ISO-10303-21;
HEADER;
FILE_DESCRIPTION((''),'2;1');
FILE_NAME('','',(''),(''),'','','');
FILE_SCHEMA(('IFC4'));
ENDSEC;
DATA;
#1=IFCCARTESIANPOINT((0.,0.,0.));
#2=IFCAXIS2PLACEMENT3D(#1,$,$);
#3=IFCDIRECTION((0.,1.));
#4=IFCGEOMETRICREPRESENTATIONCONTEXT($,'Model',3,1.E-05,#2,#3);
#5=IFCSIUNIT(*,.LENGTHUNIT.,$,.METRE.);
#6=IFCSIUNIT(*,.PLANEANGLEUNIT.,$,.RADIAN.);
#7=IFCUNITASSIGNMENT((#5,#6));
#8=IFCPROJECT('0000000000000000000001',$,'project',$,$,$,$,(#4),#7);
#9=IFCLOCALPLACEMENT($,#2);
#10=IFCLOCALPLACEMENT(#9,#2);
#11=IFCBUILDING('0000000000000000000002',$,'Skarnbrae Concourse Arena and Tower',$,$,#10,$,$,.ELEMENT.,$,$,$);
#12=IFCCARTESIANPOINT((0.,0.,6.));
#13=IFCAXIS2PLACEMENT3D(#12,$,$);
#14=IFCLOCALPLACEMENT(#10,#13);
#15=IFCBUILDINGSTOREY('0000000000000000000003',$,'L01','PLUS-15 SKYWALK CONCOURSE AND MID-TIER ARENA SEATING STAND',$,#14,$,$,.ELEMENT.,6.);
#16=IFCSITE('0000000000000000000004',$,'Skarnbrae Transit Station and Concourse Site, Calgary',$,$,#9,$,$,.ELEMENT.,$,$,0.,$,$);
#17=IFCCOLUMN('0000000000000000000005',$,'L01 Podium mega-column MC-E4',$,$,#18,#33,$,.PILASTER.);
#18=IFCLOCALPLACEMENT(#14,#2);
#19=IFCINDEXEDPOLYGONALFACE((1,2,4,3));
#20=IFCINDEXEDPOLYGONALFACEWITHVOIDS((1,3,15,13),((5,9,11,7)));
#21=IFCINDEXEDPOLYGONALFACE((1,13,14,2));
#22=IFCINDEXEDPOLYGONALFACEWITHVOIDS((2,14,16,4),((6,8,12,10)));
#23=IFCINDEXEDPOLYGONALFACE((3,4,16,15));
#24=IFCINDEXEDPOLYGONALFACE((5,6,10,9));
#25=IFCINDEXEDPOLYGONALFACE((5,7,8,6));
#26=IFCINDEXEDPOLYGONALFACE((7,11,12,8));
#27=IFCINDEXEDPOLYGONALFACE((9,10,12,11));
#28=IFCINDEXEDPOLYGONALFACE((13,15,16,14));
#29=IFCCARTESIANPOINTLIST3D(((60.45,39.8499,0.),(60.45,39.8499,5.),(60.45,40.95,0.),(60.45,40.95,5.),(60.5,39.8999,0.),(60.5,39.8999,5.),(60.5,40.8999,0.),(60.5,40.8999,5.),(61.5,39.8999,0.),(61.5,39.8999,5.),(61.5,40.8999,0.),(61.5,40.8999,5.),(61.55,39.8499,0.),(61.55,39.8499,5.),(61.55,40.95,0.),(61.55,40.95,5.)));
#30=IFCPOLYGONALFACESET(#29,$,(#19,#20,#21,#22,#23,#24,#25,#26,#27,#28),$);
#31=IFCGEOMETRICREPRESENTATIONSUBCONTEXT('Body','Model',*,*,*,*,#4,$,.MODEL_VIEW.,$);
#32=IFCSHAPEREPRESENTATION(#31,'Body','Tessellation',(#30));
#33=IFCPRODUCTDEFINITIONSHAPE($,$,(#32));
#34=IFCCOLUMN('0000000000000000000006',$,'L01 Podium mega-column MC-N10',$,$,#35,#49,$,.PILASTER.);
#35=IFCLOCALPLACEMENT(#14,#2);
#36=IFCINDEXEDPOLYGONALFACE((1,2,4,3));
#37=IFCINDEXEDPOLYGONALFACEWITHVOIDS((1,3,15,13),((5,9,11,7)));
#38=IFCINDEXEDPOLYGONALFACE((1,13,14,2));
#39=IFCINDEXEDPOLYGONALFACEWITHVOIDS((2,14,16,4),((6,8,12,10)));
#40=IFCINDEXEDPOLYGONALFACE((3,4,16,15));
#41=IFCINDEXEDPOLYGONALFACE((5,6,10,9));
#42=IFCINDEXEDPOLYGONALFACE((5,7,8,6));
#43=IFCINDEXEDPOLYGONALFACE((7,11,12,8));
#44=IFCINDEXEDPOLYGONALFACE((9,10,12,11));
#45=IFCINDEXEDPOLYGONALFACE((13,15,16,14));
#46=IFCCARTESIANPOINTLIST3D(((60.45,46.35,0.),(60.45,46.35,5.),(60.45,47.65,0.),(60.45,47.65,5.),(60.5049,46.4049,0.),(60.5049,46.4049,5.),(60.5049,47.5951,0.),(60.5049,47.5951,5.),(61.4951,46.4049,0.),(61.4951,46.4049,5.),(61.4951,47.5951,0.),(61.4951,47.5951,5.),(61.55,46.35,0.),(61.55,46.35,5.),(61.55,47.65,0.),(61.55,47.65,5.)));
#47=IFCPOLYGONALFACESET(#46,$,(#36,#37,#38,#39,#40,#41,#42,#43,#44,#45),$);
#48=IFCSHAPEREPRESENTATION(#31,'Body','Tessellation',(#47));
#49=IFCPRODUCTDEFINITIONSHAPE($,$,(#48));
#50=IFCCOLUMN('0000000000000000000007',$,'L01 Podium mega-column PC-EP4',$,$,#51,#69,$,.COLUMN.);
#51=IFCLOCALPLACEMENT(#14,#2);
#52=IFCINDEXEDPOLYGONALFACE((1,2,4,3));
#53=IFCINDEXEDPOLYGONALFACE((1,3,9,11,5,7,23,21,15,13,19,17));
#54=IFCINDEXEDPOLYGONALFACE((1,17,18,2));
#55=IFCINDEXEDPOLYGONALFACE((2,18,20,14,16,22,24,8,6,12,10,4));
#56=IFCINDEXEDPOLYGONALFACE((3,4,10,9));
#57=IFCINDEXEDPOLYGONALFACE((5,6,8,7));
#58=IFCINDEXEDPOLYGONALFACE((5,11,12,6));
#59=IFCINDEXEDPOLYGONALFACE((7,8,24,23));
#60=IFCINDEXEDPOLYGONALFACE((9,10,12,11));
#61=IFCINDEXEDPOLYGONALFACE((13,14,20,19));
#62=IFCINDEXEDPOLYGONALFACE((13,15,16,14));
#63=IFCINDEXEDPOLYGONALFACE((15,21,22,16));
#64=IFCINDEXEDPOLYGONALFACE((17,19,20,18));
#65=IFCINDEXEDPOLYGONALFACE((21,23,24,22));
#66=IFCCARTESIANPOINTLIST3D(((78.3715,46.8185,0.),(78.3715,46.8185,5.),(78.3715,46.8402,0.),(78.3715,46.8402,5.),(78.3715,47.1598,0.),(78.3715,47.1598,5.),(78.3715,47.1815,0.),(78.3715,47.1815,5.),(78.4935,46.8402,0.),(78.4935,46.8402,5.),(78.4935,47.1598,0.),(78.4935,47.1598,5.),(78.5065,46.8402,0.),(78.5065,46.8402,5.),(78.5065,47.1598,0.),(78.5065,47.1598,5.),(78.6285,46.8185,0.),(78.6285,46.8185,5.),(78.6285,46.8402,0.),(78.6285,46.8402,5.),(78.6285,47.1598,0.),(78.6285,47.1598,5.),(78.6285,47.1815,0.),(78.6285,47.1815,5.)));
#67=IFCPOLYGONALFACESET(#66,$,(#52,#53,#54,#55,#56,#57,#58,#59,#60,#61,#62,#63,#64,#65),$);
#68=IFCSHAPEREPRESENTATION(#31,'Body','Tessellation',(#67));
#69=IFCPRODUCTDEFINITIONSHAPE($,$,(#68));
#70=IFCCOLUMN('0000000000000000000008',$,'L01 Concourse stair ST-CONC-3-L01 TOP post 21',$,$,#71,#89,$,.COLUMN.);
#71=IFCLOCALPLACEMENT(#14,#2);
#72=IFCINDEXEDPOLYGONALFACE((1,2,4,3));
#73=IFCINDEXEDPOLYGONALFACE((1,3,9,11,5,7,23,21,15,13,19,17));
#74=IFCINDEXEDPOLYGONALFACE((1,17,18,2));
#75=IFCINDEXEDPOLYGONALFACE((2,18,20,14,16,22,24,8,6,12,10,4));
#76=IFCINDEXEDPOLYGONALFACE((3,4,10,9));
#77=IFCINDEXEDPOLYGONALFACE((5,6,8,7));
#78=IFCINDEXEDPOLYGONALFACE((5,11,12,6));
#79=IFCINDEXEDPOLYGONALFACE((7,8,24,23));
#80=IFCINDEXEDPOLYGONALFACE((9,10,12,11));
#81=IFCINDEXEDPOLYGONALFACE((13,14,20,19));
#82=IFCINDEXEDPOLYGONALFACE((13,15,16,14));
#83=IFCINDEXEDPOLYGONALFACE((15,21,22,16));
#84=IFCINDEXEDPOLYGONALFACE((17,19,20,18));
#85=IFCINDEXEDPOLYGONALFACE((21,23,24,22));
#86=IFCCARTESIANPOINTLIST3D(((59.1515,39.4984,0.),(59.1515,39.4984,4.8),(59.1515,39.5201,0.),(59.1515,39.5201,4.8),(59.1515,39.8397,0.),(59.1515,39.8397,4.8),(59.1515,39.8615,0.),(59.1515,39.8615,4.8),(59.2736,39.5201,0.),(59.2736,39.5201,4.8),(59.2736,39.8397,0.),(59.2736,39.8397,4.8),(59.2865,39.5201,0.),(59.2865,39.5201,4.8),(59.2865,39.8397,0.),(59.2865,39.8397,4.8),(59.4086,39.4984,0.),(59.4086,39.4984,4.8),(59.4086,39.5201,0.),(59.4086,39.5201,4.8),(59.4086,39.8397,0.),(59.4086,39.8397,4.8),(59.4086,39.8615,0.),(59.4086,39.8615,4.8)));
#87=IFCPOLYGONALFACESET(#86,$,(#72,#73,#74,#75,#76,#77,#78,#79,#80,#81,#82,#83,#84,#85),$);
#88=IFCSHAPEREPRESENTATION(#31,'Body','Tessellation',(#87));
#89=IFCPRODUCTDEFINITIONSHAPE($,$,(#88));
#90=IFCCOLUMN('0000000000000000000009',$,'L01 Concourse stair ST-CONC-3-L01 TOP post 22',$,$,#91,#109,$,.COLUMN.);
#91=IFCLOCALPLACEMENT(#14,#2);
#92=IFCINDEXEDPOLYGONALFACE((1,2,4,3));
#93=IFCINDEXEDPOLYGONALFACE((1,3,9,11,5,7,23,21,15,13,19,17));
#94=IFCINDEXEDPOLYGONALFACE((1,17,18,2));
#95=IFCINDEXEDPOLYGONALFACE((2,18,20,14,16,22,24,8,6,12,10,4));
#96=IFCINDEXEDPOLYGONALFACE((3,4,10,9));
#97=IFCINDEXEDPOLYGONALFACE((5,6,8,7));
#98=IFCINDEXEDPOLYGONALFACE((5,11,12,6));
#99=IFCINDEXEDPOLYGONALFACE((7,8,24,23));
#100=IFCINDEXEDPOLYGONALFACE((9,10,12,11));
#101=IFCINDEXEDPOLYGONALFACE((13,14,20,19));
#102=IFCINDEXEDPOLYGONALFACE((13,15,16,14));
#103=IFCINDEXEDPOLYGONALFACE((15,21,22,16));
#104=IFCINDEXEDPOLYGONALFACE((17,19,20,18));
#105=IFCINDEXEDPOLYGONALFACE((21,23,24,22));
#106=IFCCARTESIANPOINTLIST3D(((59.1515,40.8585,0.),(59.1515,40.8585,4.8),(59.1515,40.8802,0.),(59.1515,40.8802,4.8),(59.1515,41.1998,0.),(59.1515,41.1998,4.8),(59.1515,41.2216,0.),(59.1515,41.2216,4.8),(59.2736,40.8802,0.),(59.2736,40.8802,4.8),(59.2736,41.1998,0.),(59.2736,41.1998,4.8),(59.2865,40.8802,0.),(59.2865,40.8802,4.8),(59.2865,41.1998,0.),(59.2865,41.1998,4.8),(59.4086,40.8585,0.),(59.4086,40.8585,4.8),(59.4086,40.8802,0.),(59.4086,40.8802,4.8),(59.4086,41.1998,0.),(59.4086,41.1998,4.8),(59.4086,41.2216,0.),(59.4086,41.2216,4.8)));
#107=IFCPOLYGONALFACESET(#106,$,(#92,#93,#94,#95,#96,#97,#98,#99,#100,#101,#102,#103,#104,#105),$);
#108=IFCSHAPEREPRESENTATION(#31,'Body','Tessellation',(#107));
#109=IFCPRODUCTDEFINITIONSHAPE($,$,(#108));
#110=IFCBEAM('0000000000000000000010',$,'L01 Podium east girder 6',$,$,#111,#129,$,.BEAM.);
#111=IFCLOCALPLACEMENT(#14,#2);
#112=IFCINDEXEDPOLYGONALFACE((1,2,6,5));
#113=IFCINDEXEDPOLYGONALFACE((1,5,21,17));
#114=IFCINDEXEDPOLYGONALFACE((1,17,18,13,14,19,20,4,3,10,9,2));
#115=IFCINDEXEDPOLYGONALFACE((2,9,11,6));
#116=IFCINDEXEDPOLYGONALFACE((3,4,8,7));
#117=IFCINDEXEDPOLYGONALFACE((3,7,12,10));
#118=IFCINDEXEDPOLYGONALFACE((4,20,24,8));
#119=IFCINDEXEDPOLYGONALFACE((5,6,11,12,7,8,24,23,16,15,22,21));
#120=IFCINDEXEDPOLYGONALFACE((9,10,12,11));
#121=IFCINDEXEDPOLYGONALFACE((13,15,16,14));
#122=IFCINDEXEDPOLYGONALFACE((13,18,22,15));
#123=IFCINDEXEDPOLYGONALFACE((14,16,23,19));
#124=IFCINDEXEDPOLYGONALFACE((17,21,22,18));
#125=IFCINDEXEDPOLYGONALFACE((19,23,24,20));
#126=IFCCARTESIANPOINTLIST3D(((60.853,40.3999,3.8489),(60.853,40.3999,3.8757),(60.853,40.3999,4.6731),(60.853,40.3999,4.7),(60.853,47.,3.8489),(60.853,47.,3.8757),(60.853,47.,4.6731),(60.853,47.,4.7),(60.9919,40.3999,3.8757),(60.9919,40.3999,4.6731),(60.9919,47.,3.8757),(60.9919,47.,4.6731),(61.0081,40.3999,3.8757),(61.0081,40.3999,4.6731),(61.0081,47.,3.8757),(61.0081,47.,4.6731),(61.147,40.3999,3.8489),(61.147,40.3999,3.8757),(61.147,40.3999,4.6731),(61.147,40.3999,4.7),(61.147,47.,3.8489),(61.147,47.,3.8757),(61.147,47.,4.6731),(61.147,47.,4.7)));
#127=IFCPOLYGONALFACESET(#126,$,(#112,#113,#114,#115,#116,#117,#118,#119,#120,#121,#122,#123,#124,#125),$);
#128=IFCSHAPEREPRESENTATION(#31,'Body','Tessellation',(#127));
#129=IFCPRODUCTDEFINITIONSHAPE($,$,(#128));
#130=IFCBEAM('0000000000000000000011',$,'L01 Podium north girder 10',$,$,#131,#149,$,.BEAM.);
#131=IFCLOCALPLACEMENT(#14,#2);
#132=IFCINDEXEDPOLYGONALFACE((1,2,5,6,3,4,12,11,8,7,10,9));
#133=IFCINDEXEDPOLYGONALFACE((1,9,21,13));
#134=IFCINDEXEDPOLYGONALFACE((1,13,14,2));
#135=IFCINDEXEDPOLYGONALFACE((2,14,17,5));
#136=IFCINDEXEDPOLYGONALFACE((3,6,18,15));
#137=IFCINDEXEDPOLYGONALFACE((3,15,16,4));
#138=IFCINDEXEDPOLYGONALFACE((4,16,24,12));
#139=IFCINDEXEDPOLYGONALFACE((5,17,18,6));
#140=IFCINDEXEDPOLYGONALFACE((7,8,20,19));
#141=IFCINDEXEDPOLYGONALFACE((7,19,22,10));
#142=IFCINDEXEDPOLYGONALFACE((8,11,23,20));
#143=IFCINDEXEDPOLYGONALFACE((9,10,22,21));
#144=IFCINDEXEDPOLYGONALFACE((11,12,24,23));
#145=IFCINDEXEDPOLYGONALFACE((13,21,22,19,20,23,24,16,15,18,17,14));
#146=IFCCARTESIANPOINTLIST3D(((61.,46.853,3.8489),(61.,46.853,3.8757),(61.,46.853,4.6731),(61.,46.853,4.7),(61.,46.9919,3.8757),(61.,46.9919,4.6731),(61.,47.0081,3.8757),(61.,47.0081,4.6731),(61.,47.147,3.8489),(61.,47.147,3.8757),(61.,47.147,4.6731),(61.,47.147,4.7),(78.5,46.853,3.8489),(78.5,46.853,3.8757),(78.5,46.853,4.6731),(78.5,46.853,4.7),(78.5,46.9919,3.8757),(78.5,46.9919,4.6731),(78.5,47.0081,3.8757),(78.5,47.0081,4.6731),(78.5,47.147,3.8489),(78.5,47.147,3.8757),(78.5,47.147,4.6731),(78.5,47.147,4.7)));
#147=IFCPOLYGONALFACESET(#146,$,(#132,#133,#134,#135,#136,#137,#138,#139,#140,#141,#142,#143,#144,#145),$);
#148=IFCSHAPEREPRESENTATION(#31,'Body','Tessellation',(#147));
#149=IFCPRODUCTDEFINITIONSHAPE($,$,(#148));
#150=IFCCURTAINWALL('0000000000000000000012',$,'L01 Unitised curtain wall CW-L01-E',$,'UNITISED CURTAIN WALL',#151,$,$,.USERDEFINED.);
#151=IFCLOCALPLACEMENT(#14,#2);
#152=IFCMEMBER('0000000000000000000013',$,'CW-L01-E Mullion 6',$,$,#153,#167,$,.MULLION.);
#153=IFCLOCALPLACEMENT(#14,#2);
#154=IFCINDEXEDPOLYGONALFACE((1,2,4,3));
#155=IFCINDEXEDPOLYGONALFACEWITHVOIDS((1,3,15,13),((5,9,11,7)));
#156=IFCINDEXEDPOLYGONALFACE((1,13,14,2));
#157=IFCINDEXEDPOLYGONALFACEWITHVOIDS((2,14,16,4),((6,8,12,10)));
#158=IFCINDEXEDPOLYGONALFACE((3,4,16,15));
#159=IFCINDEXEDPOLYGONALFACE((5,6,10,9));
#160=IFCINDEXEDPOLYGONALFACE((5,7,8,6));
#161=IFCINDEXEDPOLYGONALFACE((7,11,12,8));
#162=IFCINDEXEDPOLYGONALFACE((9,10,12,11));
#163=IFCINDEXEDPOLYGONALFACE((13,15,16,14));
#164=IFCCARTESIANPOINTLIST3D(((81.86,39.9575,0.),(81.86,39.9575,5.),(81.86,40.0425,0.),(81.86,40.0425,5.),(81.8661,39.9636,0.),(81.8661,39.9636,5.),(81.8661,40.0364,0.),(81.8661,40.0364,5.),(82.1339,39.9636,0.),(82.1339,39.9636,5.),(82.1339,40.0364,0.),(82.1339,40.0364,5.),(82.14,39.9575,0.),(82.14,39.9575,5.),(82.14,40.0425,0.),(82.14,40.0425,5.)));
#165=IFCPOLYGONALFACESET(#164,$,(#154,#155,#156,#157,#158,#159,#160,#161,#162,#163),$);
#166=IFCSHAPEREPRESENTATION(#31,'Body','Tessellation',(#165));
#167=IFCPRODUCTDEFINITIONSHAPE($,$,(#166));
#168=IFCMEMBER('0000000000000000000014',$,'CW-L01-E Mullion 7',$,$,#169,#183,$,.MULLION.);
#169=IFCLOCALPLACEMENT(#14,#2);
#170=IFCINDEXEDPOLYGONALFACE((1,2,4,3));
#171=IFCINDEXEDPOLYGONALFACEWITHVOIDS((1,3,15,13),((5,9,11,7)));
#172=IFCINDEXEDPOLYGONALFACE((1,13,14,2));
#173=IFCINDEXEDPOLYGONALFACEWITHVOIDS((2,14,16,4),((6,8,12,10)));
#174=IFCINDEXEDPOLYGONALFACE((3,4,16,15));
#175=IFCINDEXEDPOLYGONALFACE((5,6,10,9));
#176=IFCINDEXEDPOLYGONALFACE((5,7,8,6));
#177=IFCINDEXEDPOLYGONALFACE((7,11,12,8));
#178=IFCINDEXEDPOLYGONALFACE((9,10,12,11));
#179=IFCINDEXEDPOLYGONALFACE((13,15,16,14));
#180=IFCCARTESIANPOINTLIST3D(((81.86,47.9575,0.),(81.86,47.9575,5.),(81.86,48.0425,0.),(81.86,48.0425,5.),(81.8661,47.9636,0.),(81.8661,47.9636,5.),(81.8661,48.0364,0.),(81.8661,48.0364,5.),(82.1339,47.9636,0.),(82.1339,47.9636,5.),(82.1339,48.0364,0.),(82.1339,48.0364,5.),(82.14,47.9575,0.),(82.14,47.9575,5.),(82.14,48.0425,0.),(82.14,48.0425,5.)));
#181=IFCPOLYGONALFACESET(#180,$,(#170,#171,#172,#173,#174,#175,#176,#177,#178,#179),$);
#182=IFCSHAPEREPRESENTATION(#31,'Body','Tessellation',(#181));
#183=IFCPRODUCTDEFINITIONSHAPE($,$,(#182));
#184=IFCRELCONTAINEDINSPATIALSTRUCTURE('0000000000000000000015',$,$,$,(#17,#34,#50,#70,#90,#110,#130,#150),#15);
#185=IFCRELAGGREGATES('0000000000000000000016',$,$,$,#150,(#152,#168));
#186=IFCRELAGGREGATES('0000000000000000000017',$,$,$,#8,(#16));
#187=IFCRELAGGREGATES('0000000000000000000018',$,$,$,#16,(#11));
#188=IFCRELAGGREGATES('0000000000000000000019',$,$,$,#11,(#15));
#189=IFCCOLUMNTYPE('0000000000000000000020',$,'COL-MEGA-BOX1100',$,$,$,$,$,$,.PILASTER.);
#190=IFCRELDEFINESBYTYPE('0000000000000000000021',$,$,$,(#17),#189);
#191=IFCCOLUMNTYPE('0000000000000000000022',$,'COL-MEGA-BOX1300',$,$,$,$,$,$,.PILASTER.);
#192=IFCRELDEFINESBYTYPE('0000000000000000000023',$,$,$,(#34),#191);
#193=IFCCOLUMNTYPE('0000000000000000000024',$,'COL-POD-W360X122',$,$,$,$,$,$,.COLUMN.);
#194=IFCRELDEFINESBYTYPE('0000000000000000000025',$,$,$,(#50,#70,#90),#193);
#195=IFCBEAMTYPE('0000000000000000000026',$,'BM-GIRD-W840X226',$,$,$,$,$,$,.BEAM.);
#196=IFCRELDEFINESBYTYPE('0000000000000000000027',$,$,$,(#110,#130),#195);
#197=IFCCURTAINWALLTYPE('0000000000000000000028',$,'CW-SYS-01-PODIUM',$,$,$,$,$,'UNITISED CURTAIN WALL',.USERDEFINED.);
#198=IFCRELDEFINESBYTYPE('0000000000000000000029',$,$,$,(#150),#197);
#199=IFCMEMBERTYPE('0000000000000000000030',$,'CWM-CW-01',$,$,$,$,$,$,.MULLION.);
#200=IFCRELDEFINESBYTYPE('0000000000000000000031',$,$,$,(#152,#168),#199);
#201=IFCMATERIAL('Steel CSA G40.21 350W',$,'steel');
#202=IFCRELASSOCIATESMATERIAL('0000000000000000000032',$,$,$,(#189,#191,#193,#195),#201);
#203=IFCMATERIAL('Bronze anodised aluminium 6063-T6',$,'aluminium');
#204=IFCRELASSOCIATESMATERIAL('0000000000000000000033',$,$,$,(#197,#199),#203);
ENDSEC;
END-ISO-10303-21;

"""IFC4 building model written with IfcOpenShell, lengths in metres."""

from ifc_helpers import new_model, si_unit, direction, frame, origin, origin_2d, place, context, subcontext, project, spatial, hollow_rectangle, i_section, extrude, source, transform, mapped, material, material_profile, profile_set, type_object, element, aggregate, save


model = new_model("IFC4")

# Units and contexts
model_context = context("Model", 3, precision=1e-05, world=origin(), true_north=direction((0.0, 1.0)))
body_context = subcontext(model_context, "Body", "Model", "MODEL_VIEW")
ifc_project = project(units=[si_unit("LENGTHUNIT", "METRE"), si_unit("PLANEANGLEUNIT", "RADIAN")], contexts=[model_context])

# Site, building, storey
site_placement = place(None, origin())
site = spatial("IfcSite", under=ifc_project, at=site_placement, Name="Skarnbrae Transit Station and Concourse Site, Calgary", CompositionType="ELEMENT", RefElevation=0.0)
building_placement = place(site_placement, origin())
building = spatial("IfcBuilding", under=site, at=building_placement, Name="Skarnbrae Concourse Arena and Tower", CompositionType="ELEMENT")
storey_placement = place(building_placement, frame((0.0, 0.0, 6.0)))
storey = spatial("IfcBuildingStorey", under=building, at=storey_placement, Name="L01", Description="PLUS-15 SKYWALK CONCOURSE AND MID-TIER ARENA SEATING STAND", CompositionType="ELEMENT", Elevation=6.0)

# Columns
ifc_material_1 = material(Name="Steel CSA G40.21 350W", Category="steel")
ifc_material_profile_1 = material_profile(ifc_material_1, hollow_rectangle(XDim=1.1001, YDim=1.1001, WallThickness=0.05, at=origin_2d()), Name="BOX1100X1100X50")
ifc_profile_set_1 = profile_set([ifc_material_profile_1], Name="Steel CSA G40.21 350W")
column_type_1 = type_object("IfcColumnType", Name="COL-MEGA-BOX1100", PredefinedType="PILASTER", material=ifc_profile_set_1)
shared_shape_1 = source(origin(), body_context, "Body", "SweptSolid", [
    extrude(hollow_rectangle(XDim=1.1001, YDim=1.1001, WallThickness=0.05, at=origin_2d()), origin(), (0.0, 0.0, 1.0), 5.0),
])
column_1_placement = place(storey_placement, frame((61.0, 40.3999, 0.0), z_axis=(0.0, 0.0, 1.0), x_axis=(1.0, 0.0, 0.0)))
element("IfcColumn", 1, at=column_1_placement, inside=storey, type_object=column_type_1, Name="L01 Podium mega-column MC-E4", PredefinedType="PILASTER", context=body_context, shape_type="MappedRepresentation", body=[
    mapped(shared_shape_1, transform((0.0, 0.0, 0.0))),
])
ifc_material_profile_2 = material_profile(ifc_material_1, hollow_rectangle(XDim=1.1001, YDim=1.3, WallThickness=0.0549, at=origin_2d()), Name="BOX1300X1100X55")
ifc_profile_set_2 = profile_set([ifc_material_profile_2], Name="Steel CSA G40.21 350W")
column_type_2 = type_object("IfcColumnType", Name="COL-MEGA-BOX1300", PredefinedType="PILASTER", material=ifc_profile_set_2)
shared_shape_2 = source(origin(), body_context, "Body", "SweptSolid", [
    extrude(hollow_rectangle(XDim=1.1001, YDim=1.3, WallThickness=0.0549, at=origin_2d()), origin(), (0.0, 0.0, 1.0), 5.0),
])
column_2_placement = place(storey_placement, frame((61.0, 47.0, 0.0), z_axis=(0.0, 0.0, 1.0), x_axis=(1.0, 0.0, 0.0)))
element("IfcColumn", 2, at=column_2_placement, inside=storey, type_object=column_type_2, Name="L01 Podium mega-column MC-N10", PredefinedType="PILASTER", context=body_context, shape_type="MappedRepresentation", body=[
    mapped(shared_shape_2, transform((0.0, 0.0, 0.0))),
])
ifc_material_profile_3 = material_profile(ifc_material_1, i_section(OverallWidth=0.2571, OverallDepth=0.363, WebThickness=0.0129, FlangeThickness=0.0217, at=origin_2d()), Name="W360X122")
ifc_profile_set_3 = profile_set([ifc_material_profile_3], Name="Steel CSA G40.21 350W")
column_type_3 = type_object("IfcColumnType", Name="COL-POD-W360X122", PredefinedType="COLUMN", material=ifc_profile_set_3)
shared_shape_3 = source(origin(), body_context, "Body", "SweptSolid", [
    extrude(i_section(OverallWidth=0.2571, OverallDepth=0.363, WebThickness=0.0129, FlangeThickness=0.0217, at=origin_2d()), origin(), (0.0, 0.0, 1.0), 5.0),
])
column_3_placement = place(storey_placement, frame((78.5, 47.0, 0.0), z_axis=(0.0, 0.0, 1.0), x_axis=(1.0, 0.0, 0.0)))
element("IfcColumn", 3, at=column_3_placement, inside=storey, type_object=column_type_3, Name="L01 Podium mega-column PC-EP4", PredefinedType="COLUMN", context=body_context, shape_type="MappedRepresentation", body=[
    mapped(shared_shape_3, transform((0.0, 0.0, 0.0))),
])
shared_shape_4 = source(origin(), body_context, "Body", "SweptSolid", [
    extrude(i_section(OverallWidth=0.2571, OverallDepth=0.363, WebThickness=0.0129, FlangeThickness=0.0217, at=origin_2d()), origin(), (0.0, 0.0, 1.0), 4.8),
])
for number, where, z_axis, x_axis, name in (
    (4, (59.28, 39.6799, 0.0), (0.0, 0.0, 1.0), (1.0, 0.0, 0.0), "L01 Concourse stair ST-CONC-3-L01 TOP post 21"),
    (5, (59.28, 41.04, 0.0), (0.0, 0.0, 1.0), (1.0, 0.0, 0.0), "L01 Concourse stair ST-CONC-3-L01 TOP post 22"),
):
    element("IfcColumn", number, at=place(storey_placement, frame(where, z_axis=z_axis, x_axis=x_axis)), inside=storey, type_object=column_type_3, Name=name, PredefinedType="COLUMN", context=body_context, shape_type="MappedRepresentation", body=[
        mapped(shared_shape_4, transform((0.0, 0.0, 0.0))),
    ])

# Beams
ifc_material_profile_4 = material_profile(ifc_material_1, i_section(OverallWidth=0.2939, OverallDepth=0.8511, WebThickness=0.0161, FlangeThickness=0.0269, at=origin_2d()), Name="W840X226")
ifc_profile_set_4 = profile_set([ifc_material_profile_4], Name="Steel CSA G40.21 350W")
beam_type = type_object("IfcBeamType", Name="BM-GIRD-W840X226", PredefinedType="BEAM", material=ifc_profile_set_4)
shared_shape_5 = source(origin(), body_context, "Body", "SweptSolid", [
    extrude(i_section(OverallWidth=0.2939, OverallDepth=0.8511, WebThickness=0.0161, FlangeThickness=0.0269, at=origin_2d()), origin(), (0.0, 0.0, 1.0), 6.6001),
])
beam_1_placement = place(storey_placement, frame((61.0, 40.3999, 4.2744), z_axis=(0.0, 1.0, 0.0), x_axis=(-1.0, 0.0, 0.0)))
element("IfcBeam", 6, at=beam_1_placement, inside=storey, type_object=beam_type, Name="L01 Podium east girder 6", PredefinedType="BEAM", context=body_context, shape_type="MappedRepresentation", body=[
    mapped(shared_shape_5, transform((0.0, 0.0, 0.0))),
])
shared_shape_6 = source(origin(), body_context, "Body", "SweptSolid", [
    extrude(i_section(OverallWidth=0.2939, OverallDepth=0.8511, WebThickness=0.0161, FlangeThickness=0.0269, at=origin_2d()), origin(), (0.0, 0.0, 1.0), 17.5),
])
beam_2_placement = place(storey_placement, frame((61.0, 47.0, 4.2744), z_axis=(1.0, 0.0, 0.0), x_axis=(0.0, 1.0, 0.0)))
element("IfcBeam", 7, at=beam_2_placement, inside=storey, type_object=beam_type, Name="L01 Podium north girder 10", PredefinedType="BEAM", context=body_context, shape_type="MappedRepresentation", body=[
    mapped(shared_shape_6, transform((0.0, 0.0, 0.0))),
])

# Curtain wall, members
ifc_material_2 = material(Name="Bronze anodised aluminium 6063-T6", Category="aluminium")
curtain_wall_type = type_object("IfcCurtainWallType", Name="CW-SYS-01-PODIUM", ElementType="UNITISED CURTAIN WALL", PredefinedType="USERDEFINED", material=ifc_material_2)
curtain_wall_1_placement = place(storey_placement, origin())
curtain_wall_1 = element("IfcCurtainWall", 8, at=curtain_wall_1_placement, inside=storey, type_object=curtain_wall_type, Name="L01 Unitised curtain wall CW-L01-E", ObjectType="UNITISED CURTAIN WALL", PredefinedType="USERDEFINED")
ifc_material_profile_5 = material_profile(ifc_material_2, hollow_rectangle(XDim=0.085, YDim=0.28, WallThickness=0.0061, at=origin_2d()), Name="ALU-MULL-85X280")
ifc_profile_set_5 = profile_set([ifc_material_profile_5], Name="Bronze anodised aluminium 6063-T6")
member_type_1 = type_object("IfcMemberType", Name="CWM-CW-01", PredefinedType="MULLION", material=ifc_profile_set_5)
shared_shape_7 = source(origin(), body_context, "Body", "SweptSolid", [
    extrude(hollow_rectangle(XDim=0.085, YDim=0.28, WallThickness=0.0061, at=origin_2d()), origin(), (0.0, 0.0, 1.0), 5.0),
])
member_1_placement = place(storey_placement, frame((82.0, 40.0, 0.0), z_axis=(0.0, 0.0, 1.0), x_axis=(0.0, 1.0, 0.0)))
member_1 = element("IfcMember", 9, at=member_1_placement, type_object=member_type_1, Name="CW-L01-E Mullion 6", PredefinedType="MULLION", context=body_context, shape_type="MappedRepresentation", body=[
    mapped(shared_shape_7, transform((0.0, 0.0, 0.0))),
])
member_2_placement = place(storey_placement, frame((82.0, 48.0, 0.0), z_axis=(0.0, 0.0, 1.0), x_axis=(0.0, 1.0, 0.0)))
member_2 = element("IfcMember", 10, at=member_2_placement, type_object=member_type_1, Name="CW-L01-E Mullion 7", PredefinedType="MULLION", context=body_context, shape_type="MappedRepresentation", body=[
    mapped(shared_shape_7, transform((0.0, 0.0, 0.0))),
])

aggregate(curtain_wall_1, [member_1, member_2])

save(model, "model.ifc")
